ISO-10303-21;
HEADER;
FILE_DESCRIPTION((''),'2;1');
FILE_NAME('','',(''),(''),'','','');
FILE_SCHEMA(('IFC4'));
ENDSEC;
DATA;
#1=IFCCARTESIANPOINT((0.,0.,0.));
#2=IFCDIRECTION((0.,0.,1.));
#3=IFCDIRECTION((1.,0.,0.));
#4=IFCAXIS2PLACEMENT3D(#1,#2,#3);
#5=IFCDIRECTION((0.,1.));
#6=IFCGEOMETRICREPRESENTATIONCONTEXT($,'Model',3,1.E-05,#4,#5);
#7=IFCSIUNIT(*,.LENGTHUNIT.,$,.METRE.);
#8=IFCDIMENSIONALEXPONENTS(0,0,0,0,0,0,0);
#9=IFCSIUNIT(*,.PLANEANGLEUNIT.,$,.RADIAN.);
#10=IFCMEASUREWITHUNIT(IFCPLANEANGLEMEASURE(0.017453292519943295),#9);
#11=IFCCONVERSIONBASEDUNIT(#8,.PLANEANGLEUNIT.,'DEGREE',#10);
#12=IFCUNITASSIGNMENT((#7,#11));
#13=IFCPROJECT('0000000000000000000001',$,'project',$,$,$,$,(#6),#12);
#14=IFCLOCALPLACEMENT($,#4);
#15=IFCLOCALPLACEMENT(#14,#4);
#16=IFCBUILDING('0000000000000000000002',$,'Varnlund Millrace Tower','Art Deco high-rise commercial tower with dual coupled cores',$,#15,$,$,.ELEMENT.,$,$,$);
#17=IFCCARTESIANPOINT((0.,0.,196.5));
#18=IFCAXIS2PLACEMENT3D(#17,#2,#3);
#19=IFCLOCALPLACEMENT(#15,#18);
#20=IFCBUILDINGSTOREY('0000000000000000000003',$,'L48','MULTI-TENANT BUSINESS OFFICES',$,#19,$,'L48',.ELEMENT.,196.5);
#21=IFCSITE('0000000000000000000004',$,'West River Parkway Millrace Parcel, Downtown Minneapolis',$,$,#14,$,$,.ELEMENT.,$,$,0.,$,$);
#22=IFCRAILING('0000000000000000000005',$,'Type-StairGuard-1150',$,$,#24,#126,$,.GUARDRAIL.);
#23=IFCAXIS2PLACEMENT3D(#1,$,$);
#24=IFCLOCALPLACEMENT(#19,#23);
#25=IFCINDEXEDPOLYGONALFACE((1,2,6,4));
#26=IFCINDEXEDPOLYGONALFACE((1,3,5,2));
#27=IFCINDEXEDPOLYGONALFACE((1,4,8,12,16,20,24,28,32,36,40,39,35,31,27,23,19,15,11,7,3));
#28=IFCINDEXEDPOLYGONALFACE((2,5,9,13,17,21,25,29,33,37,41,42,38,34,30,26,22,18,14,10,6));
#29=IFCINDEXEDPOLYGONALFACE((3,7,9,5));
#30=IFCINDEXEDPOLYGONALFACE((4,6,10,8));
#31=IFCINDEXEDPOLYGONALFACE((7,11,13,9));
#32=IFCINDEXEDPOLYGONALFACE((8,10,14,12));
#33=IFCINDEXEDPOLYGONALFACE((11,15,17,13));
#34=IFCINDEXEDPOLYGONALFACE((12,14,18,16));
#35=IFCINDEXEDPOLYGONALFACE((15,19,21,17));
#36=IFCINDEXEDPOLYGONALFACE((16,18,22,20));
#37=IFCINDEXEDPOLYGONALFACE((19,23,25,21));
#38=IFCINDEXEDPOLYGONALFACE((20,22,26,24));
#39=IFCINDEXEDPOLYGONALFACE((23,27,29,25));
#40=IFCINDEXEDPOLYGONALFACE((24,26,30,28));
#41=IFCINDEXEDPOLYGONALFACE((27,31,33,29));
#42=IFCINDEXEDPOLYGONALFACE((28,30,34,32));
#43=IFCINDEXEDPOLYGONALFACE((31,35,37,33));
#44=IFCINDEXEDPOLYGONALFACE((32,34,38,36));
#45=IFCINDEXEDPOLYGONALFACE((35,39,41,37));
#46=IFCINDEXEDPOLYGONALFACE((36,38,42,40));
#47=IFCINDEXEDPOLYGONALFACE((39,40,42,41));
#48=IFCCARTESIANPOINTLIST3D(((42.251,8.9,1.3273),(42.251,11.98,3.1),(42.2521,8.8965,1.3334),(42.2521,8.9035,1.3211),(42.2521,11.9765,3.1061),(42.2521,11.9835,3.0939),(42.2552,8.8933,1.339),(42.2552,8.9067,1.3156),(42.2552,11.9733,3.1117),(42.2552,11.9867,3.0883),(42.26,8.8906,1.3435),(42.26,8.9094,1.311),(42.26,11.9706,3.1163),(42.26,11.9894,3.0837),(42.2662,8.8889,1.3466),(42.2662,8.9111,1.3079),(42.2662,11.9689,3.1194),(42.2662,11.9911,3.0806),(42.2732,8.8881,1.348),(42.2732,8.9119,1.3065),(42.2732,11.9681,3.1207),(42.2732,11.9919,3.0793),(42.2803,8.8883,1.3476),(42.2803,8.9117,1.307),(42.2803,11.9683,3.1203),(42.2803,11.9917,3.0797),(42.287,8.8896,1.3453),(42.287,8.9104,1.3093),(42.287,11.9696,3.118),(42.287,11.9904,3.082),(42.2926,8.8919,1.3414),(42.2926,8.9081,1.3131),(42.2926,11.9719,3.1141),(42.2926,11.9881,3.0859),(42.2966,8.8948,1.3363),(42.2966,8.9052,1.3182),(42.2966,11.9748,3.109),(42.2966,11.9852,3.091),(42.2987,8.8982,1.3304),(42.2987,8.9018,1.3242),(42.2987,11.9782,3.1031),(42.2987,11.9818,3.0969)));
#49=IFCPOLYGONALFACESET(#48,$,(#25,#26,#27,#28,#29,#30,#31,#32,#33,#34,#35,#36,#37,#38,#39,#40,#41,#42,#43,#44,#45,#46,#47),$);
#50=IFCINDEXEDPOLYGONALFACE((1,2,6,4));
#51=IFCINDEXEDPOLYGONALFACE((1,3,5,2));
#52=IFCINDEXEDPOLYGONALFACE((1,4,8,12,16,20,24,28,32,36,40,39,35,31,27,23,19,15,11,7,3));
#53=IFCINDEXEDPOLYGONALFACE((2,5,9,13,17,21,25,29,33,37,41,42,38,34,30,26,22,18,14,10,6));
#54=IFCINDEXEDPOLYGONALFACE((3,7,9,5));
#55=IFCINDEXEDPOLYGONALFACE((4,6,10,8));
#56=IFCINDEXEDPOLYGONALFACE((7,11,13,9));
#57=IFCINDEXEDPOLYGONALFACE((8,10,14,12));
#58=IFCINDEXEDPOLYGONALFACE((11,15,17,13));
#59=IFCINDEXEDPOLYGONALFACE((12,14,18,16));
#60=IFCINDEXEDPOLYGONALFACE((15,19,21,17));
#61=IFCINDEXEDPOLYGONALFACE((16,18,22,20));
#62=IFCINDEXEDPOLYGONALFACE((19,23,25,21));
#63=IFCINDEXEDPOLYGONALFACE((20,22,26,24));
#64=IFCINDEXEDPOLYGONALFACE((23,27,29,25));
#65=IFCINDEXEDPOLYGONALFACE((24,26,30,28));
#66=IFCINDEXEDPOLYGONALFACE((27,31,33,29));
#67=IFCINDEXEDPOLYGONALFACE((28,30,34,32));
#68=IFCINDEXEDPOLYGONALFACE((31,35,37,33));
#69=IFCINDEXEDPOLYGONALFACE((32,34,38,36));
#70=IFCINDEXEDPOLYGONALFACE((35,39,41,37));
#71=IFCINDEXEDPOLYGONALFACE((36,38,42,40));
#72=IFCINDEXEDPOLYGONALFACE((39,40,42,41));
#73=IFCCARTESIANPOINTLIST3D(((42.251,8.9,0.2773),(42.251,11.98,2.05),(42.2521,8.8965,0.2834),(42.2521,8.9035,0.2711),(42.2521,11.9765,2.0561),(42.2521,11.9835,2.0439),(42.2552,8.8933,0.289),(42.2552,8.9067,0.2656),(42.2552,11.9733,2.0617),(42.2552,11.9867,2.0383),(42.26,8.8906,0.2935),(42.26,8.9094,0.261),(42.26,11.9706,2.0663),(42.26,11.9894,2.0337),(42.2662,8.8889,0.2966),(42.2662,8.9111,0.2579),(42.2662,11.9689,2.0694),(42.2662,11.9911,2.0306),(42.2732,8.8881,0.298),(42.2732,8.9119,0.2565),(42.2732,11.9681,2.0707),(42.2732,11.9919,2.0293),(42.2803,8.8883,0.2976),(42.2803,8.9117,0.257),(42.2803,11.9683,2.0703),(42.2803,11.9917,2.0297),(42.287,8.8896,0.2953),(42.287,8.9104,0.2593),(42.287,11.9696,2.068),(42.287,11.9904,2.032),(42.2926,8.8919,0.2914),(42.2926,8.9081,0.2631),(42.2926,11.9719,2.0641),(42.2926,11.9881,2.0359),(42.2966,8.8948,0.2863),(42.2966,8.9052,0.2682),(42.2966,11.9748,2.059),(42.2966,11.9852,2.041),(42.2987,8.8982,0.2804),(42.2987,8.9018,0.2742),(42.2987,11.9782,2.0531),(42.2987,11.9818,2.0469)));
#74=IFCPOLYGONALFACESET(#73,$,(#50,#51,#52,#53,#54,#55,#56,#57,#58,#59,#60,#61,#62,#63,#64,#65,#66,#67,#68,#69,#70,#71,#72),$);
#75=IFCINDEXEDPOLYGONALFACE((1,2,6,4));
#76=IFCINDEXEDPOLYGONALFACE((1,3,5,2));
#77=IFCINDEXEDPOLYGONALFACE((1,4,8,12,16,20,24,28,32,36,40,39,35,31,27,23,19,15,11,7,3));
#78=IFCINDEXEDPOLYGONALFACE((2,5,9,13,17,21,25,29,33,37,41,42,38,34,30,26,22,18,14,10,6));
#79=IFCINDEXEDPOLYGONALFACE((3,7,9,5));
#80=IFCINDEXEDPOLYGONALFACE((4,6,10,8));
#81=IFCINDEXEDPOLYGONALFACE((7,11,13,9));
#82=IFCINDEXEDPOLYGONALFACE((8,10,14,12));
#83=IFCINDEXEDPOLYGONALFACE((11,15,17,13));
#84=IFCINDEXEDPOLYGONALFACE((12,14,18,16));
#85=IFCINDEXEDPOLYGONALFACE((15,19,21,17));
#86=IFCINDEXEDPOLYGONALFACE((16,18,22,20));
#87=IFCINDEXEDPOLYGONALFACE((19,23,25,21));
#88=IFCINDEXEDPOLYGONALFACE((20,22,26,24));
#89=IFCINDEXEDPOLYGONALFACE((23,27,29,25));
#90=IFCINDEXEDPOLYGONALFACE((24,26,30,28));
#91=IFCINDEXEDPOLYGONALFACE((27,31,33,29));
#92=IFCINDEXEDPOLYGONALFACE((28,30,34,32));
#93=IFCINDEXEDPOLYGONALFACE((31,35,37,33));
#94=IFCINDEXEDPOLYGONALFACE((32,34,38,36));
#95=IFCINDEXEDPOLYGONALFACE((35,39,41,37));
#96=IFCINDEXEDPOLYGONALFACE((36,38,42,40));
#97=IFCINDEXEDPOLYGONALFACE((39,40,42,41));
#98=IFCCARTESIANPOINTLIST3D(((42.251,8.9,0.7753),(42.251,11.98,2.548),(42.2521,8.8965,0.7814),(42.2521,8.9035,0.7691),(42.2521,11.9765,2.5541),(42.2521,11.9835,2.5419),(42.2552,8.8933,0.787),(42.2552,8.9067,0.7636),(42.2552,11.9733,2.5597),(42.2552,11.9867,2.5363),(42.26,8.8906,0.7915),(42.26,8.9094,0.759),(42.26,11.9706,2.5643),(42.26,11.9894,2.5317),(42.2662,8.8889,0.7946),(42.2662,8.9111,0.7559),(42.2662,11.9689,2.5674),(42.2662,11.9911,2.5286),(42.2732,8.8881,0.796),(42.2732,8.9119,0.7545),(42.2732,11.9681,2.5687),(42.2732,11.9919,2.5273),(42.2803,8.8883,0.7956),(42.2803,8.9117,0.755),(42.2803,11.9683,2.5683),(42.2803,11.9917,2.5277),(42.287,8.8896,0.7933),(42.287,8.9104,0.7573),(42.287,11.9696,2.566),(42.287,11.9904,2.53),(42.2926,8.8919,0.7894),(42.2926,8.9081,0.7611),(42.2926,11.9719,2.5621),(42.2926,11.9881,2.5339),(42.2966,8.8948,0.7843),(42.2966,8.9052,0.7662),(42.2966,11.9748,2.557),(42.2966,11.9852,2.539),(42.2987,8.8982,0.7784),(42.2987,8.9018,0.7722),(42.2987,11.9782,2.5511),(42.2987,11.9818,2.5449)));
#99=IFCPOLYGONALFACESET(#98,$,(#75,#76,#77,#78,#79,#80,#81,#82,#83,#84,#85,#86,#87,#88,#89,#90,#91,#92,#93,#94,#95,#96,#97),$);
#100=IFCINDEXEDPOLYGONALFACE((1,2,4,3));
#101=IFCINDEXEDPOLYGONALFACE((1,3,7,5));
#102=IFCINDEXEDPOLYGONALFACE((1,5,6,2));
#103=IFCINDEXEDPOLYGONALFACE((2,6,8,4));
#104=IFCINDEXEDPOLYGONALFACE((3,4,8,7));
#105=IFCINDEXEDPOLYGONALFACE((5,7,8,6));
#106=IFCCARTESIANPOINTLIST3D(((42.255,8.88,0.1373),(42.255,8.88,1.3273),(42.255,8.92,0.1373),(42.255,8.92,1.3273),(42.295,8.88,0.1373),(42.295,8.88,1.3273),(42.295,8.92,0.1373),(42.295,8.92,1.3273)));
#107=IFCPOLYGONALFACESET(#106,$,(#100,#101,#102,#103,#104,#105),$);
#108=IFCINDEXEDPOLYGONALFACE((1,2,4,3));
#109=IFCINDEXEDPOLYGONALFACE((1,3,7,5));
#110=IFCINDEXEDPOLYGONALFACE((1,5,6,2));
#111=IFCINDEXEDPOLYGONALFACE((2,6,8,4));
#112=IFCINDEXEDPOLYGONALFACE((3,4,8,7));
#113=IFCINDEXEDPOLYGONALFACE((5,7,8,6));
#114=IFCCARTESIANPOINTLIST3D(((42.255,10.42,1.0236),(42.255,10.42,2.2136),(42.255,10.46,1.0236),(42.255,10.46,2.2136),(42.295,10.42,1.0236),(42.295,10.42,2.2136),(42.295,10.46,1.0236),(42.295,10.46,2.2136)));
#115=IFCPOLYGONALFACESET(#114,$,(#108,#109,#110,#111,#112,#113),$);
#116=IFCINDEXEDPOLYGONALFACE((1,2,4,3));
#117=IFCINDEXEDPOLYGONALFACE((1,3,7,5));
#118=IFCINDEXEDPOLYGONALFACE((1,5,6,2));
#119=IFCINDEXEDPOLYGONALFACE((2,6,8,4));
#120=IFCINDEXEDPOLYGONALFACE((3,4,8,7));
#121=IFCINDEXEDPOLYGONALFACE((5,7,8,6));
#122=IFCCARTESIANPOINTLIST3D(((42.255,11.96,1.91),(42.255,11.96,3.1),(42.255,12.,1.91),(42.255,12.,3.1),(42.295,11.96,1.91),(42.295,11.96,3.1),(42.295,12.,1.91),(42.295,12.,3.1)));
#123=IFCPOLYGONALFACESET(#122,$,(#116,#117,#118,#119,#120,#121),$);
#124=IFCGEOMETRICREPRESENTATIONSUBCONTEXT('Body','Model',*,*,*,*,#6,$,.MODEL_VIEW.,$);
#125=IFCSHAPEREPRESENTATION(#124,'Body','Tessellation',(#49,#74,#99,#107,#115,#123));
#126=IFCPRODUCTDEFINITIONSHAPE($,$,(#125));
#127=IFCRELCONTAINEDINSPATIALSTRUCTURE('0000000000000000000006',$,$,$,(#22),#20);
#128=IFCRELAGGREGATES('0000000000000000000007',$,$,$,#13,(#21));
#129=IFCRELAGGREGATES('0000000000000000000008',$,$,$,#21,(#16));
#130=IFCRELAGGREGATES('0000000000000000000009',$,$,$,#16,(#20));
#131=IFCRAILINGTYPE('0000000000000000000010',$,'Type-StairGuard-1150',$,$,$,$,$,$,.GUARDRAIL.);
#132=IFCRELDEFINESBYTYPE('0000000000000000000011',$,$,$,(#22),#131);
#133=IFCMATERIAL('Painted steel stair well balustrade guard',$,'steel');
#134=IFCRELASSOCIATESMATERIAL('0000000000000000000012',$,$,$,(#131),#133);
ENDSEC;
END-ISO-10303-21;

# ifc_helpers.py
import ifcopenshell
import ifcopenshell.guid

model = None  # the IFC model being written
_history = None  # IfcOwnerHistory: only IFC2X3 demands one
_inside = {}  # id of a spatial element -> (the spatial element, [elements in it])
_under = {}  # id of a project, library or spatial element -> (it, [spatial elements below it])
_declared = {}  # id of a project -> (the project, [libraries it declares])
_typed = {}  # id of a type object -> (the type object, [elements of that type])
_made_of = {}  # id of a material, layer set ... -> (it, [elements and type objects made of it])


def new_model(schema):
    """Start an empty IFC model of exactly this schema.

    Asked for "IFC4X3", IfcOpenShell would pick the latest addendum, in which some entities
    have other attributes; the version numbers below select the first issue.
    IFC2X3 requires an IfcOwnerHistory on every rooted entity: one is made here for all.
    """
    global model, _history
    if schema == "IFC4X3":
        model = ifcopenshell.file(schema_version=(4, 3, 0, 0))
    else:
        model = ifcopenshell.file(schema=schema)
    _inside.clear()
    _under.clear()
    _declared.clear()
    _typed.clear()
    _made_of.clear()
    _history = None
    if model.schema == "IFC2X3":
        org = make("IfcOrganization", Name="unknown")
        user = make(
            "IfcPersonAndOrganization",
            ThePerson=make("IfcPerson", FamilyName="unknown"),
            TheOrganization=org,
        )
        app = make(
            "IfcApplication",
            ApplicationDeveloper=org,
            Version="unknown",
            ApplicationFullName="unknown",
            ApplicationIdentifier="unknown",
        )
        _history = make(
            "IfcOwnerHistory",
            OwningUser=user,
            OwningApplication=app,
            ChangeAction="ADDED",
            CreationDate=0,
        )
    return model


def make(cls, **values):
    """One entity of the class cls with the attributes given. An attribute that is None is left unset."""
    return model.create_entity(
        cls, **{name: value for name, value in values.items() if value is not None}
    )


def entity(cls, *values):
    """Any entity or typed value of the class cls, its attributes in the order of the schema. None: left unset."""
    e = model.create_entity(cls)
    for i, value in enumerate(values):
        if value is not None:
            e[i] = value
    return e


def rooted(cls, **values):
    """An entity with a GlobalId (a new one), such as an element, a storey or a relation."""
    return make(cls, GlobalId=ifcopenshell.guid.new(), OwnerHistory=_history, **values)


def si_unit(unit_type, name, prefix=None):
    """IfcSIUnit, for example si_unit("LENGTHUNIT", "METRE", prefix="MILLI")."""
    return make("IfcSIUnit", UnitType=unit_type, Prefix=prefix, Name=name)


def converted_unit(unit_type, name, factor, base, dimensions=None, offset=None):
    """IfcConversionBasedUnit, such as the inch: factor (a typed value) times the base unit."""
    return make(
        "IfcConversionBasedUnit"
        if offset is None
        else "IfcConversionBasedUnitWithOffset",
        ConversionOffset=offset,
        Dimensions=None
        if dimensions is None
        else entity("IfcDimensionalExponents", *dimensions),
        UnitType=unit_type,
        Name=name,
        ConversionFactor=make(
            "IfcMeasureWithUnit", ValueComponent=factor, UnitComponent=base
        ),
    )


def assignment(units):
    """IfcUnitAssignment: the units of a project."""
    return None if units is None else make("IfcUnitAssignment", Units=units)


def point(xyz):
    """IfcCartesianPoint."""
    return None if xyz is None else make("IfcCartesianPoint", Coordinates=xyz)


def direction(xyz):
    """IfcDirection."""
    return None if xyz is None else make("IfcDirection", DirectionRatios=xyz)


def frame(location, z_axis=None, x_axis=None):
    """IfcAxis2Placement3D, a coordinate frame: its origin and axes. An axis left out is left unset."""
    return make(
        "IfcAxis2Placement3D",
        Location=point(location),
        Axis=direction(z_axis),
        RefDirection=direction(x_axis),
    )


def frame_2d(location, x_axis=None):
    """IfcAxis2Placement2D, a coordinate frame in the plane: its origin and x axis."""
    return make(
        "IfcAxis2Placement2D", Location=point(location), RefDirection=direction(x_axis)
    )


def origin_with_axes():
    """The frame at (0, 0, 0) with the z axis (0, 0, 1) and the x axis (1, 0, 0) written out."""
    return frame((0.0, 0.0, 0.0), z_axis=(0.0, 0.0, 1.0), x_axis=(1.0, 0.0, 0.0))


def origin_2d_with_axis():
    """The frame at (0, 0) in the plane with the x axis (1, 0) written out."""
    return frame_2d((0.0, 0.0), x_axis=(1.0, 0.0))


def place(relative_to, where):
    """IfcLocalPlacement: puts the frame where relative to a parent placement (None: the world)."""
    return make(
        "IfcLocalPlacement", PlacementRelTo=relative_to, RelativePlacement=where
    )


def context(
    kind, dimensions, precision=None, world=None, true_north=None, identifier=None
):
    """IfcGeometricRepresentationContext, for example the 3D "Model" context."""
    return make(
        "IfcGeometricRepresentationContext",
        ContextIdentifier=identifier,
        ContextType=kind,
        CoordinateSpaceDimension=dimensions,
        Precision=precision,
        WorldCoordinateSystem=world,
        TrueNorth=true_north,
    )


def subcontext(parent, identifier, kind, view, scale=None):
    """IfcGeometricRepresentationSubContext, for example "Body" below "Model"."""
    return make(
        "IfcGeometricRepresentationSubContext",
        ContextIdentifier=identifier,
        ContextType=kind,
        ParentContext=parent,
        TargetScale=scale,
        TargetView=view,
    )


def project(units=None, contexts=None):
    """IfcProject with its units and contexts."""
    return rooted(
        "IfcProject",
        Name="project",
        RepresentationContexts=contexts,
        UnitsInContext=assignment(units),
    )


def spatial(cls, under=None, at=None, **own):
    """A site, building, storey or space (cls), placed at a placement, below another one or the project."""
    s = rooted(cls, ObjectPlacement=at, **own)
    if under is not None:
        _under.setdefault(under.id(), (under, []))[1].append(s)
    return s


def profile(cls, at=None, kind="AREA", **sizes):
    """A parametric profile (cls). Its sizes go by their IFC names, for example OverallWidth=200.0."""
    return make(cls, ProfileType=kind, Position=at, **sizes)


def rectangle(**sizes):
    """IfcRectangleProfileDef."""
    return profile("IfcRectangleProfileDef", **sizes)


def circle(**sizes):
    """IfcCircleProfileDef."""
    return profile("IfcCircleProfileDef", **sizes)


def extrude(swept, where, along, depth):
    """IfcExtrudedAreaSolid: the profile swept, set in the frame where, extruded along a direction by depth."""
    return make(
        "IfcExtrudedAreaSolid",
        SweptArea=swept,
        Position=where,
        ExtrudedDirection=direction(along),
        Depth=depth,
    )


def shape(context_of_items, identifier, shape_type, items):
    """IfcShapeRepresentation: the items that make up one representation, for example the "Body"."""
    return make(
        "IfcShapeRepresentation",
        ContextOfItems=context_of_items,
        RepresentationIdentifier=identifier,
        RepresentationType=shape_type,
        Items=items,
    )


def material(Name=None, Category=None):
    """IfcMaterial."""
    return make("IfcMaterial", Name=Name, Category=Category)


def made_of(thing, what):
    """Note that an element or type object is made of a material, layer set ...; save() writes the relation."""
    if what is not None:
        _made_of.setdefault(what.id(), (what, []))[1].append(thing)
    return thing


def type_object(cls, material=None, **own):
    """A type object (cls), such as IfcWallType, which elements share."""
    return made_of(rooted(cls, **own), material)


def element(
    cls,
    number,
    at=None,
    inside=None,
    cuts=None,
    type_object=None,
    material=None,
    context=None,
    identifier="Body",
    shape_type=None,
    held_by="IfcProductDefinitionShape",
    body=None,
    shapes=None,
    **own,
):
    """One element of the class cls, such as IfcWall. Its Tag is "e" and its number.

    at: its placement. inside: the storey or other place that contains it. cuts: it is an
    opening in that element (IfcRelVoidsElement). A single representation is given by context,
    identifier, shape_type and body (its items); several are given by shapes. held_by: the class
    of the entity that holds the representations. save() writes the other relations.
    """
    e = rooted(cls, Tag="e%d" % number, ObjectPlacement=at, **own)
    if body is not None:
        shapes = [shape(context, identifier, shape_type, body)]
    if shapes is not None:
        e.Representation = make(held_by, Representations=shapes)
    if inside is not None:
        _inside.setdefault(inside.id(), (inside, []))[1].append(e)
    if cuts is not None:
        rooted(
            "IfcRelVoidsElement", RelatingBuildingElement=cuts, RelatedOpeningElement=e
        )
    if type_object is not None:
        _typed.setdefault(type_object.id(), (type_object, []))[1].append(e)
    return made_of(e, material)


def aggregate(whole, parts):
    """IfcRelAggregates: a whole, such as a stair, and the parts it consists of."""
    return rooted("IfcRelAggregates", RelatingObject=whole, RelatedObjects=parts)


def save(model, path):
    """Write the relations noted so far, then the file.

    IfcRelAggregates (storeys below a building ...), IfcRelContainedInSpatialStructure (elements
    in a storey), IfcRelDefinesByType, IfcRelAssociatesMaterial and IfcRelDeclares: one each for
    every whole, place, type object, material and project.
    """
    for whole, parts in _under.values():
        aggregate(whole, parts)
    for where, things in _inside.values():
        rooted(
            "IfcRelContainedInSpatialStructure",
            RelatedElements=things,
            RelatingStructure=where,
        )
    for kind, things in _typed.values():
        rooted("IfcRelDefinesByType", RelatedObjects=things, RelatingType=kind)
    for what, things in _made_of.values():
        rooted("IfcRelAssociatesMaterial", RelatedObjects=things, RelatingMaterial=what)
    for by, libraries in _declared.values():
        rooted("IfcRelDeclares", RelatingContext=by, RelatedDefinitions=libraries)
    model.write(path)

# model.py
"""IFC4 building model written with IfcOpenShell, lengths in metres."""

from ifc_helpers import new_model, entity, si_unit, converted_unit, direction, frame, origin_with_axes, origin_2d_with_axis, place, context, subcontext, project, spatial, rectangle, circle, extrude, material, type_object, element, save


model = new_model("IFC4")

# Units and contexts
model_context = context("Model", 3, precision=1e-05, world=origin_with_axes(), true_north=direction((0.0, 1.0)))
body_context = subcontext(model_context, "Body", "Model", "MODEL_VIEW")
ifc_project = project(units=[si_unit("LENGTHUNIT", "METRE"), converted_unit("PLANEANGLEUNIT", "DEGREE", entity("IfcPlaneAngleMeasure", 0.017453292519943295), si_unit("PLANEANGLEUNIT", "RADIAN"), dimensions=[0, 0, 0, 0, 0, 0, 0])], contexts=[model_context])

# Site, building, storey
site_placement = place(None, origin_with_axes())
site = spatial("IfcSite", under=ifc_project, at=site_placement, Name="West River Parkway Millrace Parcel, Downtown Minneapolis", CompositionType="ELEMENT", RefElevation=0.0)
building_placement = place(site_placement, origin_with_axes())
building = spatial("IfcBuilding", under=site, at=building_placement, Name="Varnlund Millrace Tower", Description="Art Deco high-rise commercial tower with dual coupled cores", CompositionType="ELEMENT")
storey_placement = place(building_placement, frame((0.0, 0.0, 196.5), z_axis=(0.0, 0.0, 1.0), x_axis=(1.0, 0.0, 0.0)))
storey = spatial("IfcBuildingStorey", under=building, at=storey_placement, Name="L48", Description="MULTI-TENANT BUSINESS OFFICES", LongName="L48", CompositionType="ELEMENT", Elevation=196.5)

# Railing
ifc_material_1 = material(Name="Painted steel stair well balustrade guard", Category="steel")
railing_type_1 = type_object("IfcRailingType", Name="Type-StairGuard-1150", PredefinedType="GUARDRAIL", material=ifc_material_1)
railing_1_placement = place(storey_placement, frame((0.0, 0.0, -196.5), z_axis=(0.0, 0.0, 1.0), x_axis=(1.0, 0.0, 0.0)))
element("IfcRailing", 1, at=railing_1_placement, inside=storey, type_object=railing_type_1, Name="Type-StairGuard-1150", PredefinedType="GUARDRAIL", context=body_context, shape_type="SweptSolid", body=[
    extrude(circle(Radius=0.024, at=origin_2d_with_axis()), frame((42.275, 8.9, 197.8273), z_axis=(0.0, 0.866696, 0.498836), x_axis=(-1.0, 0.0, 0.0)), (0.0, 0.0, 1.0), 3.5537),
    extrude(circle(Radius=0.024, at=origin_2d_with_axis()), frame((42.275, 8.9, 196.7773), z_axis=(0.0, 0.866696, 0.498836), x_axis=(-1.0, 0.0, 0.0)), (0.0, 0.0, 1.0), 3.5537),
    extrude(circle(Radius=0.024, at=origin_2d_with_axis()), frame((42.275, 8.9, 197.2753), z_axis=(0.0, 0.866696, 0.498836), x_axis=(-1.0, 0.0, 0.0)), (0.0, 0.0, 1.0), 3.5537),
    extrude(rectangle(XDim=0.04, YDim=0.04, at=origin_2d_with_axis()), frame((42.275, 8.9, 196.6373), z_axis=(0.0, 0.0, 1.0), x_axis=(1.0, 0.0, 0.0)), (0.0, 0.0, 1.0), 1.19),
    extrude(rectangle(XDim=0.04, YDim=0.04, at=origin_2d_with_axis()), frame((42.275, 10.44, 197.5236), z_axis=(0.0, 0.0, 1.0), x_axis=(1.0, 0.0, 0.0)), (0.0, 0.0, 1.0), 1.19),
    extrude(rectangle(XDim=0.04, YDim=0.04, at=origin_2d_with_axis()), frame((42.275, 11.98, 198.41), z_axis=(0.0, 0.0, 1.0), x_axis=(1.0, 0.0, 0.0)), (0.0, 0.0, 1.0), 1.19),
])

save(model, "model.ifc")
